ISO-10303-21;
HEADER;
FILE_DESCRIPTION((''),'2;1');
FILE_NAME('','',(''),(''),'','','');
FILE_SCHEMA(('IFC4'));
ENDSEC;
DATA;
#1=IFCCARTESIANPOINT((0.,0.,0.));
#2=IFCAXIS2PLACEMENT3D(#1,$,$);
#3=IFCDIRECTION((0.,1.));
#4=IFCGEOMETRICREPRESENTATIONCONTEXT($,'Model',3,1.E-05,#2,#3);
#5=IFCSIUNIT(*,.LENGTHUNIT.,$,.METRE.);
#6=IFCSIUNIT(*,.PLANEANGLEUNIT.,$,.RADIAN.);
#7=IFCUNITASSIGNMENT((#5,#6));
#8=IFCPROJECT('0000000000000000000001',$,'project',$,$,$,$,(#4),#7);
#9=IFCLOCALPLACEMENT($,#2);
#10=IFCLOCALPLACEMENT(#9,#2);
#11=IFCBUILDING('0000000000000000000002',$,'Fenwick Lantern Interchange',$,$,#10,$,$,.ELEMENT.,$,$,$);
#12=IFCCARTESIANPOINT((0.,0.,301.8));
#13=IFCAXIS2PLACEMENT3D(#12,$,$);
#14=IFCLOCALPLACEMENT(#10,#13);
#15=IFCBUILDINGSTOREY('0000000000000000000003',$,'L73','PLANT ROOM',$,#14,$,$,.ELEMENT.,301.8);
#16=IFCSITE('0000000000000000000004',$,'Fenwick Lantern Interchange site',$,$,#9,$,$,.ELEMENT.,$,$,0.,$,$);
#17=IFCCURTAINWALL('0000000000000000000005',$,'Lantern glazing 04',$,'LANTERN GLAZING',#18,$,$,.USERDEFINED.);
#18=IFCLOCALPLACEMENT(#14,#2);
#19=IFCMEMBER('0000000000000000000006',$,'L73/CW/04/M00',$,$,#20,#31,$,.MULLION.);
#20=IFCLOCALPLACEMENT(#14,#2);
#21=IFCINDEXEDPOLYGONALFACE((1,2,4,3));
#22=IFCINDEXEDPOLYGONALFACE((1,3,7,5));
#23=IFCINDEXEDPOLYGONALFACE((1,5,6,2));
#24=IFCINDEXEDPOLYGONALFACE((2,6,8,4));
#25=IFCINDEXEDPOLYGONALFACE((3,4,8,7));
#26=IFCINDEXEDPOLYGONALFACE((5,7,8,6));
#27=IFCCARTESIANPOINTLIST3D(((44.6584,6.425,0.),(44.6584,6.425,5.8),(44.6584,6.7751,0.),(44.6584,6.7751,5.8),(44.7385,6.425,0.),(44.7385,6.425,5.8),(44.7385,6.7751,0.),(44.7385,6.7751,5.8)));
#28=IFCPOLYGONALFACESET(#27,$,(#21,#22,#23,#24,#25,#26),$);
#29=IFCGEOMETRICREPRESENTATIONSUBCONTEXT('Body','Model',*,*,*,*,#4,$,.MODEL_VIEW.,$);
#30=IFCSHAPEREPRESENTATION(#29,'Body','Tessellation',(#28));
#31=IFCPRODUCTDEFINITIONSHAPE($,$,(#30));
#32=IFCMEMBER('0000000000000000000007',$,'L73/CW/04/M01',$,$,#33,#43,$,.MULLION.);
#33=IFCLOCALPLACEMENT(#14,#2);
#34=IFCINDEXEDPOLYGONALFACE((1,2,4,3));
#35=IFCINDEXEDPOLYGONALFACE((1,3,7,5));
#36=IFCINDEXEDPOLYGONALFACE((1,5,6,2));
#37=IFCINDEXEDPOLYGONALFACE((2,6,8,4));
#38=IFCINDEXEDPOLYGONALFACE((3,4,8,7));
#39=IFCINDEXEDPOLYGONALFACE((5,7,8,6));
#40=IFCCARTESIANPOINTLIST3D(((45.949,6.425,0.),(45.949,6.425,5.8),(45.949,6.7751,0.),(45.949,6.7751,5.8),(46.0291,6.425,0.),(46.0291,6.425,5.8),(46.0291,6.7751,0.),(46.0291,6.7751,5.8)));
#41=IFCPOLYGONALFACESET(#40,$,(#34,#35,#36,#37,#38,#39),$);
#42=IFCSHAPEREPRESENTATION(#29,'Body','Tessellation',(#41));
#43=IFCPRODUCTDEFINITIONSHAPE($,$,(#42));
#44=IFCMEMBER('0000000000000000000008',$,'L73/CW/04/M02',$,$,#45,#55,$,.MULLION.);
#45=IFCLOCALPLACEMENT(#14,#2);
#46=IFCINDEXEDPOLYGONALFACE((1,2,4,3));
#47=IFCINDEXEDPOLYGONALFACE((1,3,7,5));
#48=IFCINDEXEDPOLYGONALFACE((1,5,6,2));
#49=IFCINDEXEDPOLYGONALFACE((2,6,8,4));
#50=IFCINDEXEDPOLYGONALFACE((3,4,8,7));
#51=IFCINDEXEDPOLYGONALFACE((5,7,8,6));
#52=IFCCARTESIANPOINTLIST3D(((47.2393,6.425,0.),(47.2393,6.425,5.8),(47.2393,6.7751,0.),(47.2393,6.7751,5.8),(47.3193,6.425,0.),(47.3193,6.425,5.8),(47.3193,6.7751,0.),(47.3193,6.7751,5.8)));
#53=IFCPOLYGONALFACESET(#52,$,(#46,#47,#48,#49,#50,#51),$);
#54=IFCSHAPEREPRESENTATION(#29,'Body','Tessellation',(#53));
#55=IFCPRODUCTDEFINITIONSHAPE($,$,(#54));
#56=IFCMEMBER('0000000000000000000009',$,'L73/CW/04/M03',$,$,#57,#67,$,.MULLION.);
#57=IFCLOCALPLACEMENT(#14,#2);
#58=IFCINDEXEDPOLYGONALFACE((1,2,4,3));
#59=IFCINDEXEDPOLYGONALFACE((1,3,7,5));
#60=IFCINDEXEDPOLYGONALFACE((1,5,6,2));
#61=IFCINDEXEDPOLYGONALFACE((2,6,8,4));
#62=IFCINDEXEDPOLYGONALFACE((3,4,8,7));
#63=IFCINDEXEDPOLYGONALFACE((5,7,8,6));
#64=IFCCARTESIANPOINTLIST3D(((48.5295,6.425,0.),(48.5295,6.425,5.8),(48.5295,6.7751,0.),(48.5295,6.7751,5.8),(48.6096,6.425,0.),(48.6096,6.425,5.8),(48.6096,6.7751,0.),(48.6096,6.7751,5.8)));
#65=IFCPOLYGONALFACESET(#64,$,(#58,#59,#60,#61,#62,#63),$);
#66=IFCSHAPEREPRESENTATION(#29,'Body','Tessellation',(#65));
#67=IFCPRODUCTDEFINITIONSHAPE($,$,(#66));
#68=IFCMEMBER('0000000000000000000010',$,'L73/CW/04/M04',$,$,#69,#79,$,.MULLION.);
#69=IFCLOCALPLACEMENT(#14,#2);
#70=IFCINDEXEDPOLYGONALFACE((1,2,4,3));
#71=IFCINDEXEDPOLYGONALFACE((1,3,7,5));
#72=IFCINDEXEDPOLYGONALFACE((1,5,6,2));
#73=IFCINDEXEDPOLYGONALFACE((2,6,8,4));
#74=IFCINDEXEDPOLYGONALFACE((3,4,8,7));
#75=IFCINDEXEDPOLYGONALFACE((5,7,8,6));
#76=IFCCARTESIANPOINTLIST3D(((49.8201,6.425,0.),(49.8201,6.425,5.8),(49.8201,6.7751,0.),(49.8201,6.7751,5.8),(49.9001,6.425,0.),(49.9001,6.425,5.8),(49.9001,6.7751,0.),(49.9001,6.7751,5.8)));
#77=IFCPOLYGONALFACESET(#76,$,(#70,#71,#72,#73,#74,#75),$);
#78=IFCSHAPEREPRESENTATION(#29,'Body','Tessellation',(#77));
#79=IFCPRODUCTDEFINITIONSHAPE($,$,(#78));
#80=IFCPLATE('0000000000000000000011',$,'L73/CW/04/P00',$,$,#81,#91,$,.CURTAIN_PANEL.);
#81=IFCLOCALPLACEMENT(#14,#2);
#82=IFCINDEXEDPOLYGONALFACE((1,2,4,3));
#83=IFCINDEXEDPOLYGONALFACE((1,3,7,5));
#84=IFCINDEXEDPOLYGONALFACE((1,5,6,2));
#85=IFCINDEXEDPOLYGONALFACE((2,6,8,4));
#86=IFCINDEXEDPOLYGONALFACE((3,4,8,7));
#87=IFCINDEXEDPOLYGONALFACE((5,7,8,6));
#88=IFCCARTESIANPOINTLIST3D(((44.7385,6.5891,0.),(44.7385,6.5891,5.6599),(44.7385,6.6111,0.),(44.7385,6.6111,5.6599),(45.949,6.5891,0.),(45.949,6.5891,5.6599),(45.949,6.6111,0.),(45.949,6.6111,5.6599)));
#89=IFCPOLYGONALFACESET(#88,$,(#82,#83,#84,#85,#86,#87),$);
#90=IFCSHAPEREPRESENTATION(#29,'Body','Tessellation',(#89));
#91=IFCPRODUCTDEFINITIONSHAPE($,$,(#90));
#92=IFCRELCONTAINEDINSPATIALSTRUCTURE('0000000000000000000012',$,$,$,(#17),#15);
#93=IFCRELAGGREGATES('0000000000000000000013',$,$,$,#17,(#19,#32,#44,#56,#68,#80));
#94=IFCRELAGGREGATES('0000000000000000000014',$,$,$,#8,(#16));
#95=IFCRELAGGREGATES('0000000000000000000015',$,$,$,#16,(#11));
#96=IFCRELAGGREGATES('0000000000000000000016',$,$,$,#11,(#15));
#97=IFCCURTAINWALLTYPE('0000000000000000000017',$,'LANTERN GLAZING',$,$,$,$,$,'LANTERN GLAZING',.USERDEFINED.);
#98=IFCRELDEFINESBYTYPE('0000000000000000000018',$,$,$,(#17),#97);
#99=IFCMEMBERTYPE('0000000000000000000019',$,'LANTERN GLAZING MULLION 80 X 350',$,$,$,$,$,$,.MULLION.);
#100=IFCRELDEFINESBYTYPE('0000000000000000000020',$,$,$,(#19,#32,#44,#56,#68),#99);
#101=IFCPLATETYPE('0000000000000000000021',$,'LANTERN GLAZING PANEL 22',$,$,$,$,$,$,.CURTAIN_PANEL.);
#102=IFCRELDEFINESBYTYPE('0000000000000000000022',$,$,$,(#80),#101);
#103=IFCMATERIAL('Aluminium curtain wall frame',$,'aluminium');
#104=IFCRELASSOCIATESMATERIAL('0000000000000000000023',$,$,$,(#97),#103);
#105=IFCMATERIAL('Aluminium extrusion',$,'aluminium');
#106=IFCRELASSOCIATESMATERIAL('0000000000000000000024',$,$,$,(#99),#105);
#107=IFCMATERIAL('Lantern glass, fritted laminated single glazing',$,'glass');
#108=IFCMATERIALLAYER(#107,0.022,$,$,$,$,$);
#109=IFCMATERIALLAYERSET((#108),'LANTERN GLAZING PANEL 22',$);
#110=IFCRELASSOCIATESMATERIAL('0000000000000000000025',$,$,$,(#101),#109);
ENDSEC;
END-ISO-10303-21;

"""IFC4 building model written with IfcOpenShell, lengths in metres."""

from ifc_helpers import new_model, si_unit, direction, frame, origin, origin_2d, place, context, subcontext, project, spatial, rectangle, extrude, material, layer, layer_set, material_profile, profile_set, type_object, element, aggregate, save


model = new_model("IFC4")

# Units and contexts
model_context = context("Model", 3, precision=1e-05, world=origin(), true_north=direction((0.0, 1.0)))
body_context = subcontext(model_context, "Body", "Model", "MODEL_VIEW")
ifc_project = project(units=[si_unit("LENGTHUNIT", "METRE"), si_unit("PLANEANGLEUNIT", "RADIAN")], contexts=[model_context])

# Site, building, storey
site_placement = place(None, origin())
site = spatial("IfcSite", under=ifc_project, at=site_placement, Name="Fenwick Lantern Interchange site", CompositionType="ELEMENT", RefElevation=0.0)
building_placement = place(site_placement, origin())
building = spatial("IfcBuilding", under=site, at=building_placement, Name="Fenwick Lantern Interchange", CompositionType="ELEMENT")
storey_placement = place(building_placement, frame((0.0, 0.0, 301.8)))
storey = spatial("IfcBuildingStorey", under=building, at=storey_placement, Name="L73", Description="PLANT ROOM", CompositionType="ELEMENT", Elevation=301.8)

# Curtain wall, members, plate
ifc_material_1 = material(Name="Aluminium curtain wall frame", Category="aluminium")
curtain_wall_type = type_object("IfcCurtainWallType", Name="LANTERN GLAZING", ElementType="LANTERN GLAZING", PredefinedType="USERDEFINED", material=ifc_material_1)
curtain_wall_1_placement = place(storey_placement, origin())
curtain_wall_1 = element("IfcCurtainWall", 1, at=curtain_wall_1_placement, inside=storey, type_object=curtain_wall_type, Name="Lantern glazing 04", ObjectType="LANTERN GLAZING", PredefinedType="USERDEFINED")
ifc_material_2 = material(Name="Aluminium extrusion", Category="aluminium")
ifc_material_profile = material_profile(ifc_material_2, rectangle(XDim=0.3501, YDim=0.0801, at=origin_2d()), Name="LANTERN GLAZING MULLION 80 X 350")
ifc_profile_set = profile_set([ifc_material_profile], Name="Aluminium extrusion")
member_type = type_object("IfcMemberType", Name="LANTERN GLAZING MULLION 80 X 350", PredefinedType="MULLION", material=ifc_profile_set)
member_1_placement = place(storey_placement, frame((44.6985, 6.6001, 0.0), z_axis=(0.0, 0.0, 1.0), x_axis=(0.0, 1.0, 0.0)))
member_1 = element("IfcMember", 2, at=member_1_placement, type_object=member_type, Name="L73/CW/04/M00", PredefinedType="MULLION", context=body_context, shape_type="SweptSolid", body=[
    extrude(rectangle(XDim=0.3501, YDim=0.0801, at=origin_2d()), origin(), (0.0, 0.0, 1.0), 5.8),
])
member_2_placement = place(storey_placement, frame((45.989, 6.6001, 0.0), z_axis=(0.0, 0.0, 1.0), x_axis=(0.0, 1.0, 0.0)))
member_2 = element("IfcMember", 3, at=member_2_placement, type_object=member_type, Name="L73/CW/04/M01", PredefinedType="MULLION", context=body_context, shape_type="SweptSolid", body=[
    extrude(rectangle(XDim=0.3501, YDim=0.0801, at=origin_2d()), origin(), (0.0, 0.0, 1.0), 5.8),
])
member_3_placement = place(storey_placement, frame((47.2793, 6.6001, 0.0), z_axis=(0.0, 0.0, 1.0), x_axis=(0.0, 1.0, 0.0)))
member_3 = element("IfcMember", 4, at=member_3_placement, type_object=member_type, Name="L73/CW/04/M02", PredefinedType="MULLION", context=body_context, shape_type="SweptSolid", body=[
    extrude(rectangle(XDim=0.3501, YDim=0.0801, at=origin_2d()), origin(), (0.0, 0.0, 1.0), 5.8),
])
member_4_placement = place(storey_placement, frame((48.5696, 6.6001, 0.0), z_axis=(0.0, 0.0, 1.0), x_axis=(0.0, 1.0, 0.0)))
member_4 = element("IfcMember", 5, at=member_4_placement, type_object=member_type, Name="L73/CW/04/M03", PredefinedType="MULLION", context=body_context, shape_type="SweptSolid", body=[
    extrude(rectangle(XDim=0.3501, YDim=0.0801, at=origin_2d()), origin(), (0.0, 0.0, 1.0), 5.8),
])
member_5_placement = place(storey_placement, frame((49.8601, 6.6001, 0.0), z_axis=(0.0, 0.0, 1.0), x_axis=(0.0, 1.0, 0.0)))
member_5 = element("IfcMember", 6, at=member_5_placement, type_object=member_type, Name="L73/CW/04/M04", PredefinedType="MULLION", context=body_context, shape_type="SweptSolid", body=[
    extrude(rectangle(XDim=0.3501, YDim=0.0801, at=origin_2d()), origin(), (0.0, 0.0, 1.0), 5.8),
])
ifc_material_3 = material(Name="Lantern glass, fritted laminated single glazing", Category="glass")
ifc_layer_1 = layer(ifc_material_3, 0.022)
ifc_layer_set_1 = layer_set([ifc_layer_1], Name="LANTERN GLAZING PANEL 22")
plate_type = type_object("IfcPlateType", Name="LANTERN GLAZING PANEL 22", PredefinedType="CURTAIN_PANEL", material=ifc_layer_set_1)
plate_1_placement = place(storey_placement, frame((45.3438, 6.6001, 0.0), z_axis=(0.0, 0.0, 1.0), x_axis=(1.0, 0.0, 0.0)))
plate_1 = element("IfcPlate", 7, at=plate_1_placement, type_object=plate_type, Name="L73/CW/04/P00", PredefinedType="CURTAIN_PANEL", context=body_context, shape_type="SweptSolid", body=[
    extrude(rectangle(XDim=1.2104, YDim=0.022, at=origin_2d()), origin(), (0.0, 0.0, 1.0), 5.6599),
])
aggregate(curtain_wall_1, [member_1, member_2, member_3, member_4, member_5, plate_1])

save(model, "model.ifc")
